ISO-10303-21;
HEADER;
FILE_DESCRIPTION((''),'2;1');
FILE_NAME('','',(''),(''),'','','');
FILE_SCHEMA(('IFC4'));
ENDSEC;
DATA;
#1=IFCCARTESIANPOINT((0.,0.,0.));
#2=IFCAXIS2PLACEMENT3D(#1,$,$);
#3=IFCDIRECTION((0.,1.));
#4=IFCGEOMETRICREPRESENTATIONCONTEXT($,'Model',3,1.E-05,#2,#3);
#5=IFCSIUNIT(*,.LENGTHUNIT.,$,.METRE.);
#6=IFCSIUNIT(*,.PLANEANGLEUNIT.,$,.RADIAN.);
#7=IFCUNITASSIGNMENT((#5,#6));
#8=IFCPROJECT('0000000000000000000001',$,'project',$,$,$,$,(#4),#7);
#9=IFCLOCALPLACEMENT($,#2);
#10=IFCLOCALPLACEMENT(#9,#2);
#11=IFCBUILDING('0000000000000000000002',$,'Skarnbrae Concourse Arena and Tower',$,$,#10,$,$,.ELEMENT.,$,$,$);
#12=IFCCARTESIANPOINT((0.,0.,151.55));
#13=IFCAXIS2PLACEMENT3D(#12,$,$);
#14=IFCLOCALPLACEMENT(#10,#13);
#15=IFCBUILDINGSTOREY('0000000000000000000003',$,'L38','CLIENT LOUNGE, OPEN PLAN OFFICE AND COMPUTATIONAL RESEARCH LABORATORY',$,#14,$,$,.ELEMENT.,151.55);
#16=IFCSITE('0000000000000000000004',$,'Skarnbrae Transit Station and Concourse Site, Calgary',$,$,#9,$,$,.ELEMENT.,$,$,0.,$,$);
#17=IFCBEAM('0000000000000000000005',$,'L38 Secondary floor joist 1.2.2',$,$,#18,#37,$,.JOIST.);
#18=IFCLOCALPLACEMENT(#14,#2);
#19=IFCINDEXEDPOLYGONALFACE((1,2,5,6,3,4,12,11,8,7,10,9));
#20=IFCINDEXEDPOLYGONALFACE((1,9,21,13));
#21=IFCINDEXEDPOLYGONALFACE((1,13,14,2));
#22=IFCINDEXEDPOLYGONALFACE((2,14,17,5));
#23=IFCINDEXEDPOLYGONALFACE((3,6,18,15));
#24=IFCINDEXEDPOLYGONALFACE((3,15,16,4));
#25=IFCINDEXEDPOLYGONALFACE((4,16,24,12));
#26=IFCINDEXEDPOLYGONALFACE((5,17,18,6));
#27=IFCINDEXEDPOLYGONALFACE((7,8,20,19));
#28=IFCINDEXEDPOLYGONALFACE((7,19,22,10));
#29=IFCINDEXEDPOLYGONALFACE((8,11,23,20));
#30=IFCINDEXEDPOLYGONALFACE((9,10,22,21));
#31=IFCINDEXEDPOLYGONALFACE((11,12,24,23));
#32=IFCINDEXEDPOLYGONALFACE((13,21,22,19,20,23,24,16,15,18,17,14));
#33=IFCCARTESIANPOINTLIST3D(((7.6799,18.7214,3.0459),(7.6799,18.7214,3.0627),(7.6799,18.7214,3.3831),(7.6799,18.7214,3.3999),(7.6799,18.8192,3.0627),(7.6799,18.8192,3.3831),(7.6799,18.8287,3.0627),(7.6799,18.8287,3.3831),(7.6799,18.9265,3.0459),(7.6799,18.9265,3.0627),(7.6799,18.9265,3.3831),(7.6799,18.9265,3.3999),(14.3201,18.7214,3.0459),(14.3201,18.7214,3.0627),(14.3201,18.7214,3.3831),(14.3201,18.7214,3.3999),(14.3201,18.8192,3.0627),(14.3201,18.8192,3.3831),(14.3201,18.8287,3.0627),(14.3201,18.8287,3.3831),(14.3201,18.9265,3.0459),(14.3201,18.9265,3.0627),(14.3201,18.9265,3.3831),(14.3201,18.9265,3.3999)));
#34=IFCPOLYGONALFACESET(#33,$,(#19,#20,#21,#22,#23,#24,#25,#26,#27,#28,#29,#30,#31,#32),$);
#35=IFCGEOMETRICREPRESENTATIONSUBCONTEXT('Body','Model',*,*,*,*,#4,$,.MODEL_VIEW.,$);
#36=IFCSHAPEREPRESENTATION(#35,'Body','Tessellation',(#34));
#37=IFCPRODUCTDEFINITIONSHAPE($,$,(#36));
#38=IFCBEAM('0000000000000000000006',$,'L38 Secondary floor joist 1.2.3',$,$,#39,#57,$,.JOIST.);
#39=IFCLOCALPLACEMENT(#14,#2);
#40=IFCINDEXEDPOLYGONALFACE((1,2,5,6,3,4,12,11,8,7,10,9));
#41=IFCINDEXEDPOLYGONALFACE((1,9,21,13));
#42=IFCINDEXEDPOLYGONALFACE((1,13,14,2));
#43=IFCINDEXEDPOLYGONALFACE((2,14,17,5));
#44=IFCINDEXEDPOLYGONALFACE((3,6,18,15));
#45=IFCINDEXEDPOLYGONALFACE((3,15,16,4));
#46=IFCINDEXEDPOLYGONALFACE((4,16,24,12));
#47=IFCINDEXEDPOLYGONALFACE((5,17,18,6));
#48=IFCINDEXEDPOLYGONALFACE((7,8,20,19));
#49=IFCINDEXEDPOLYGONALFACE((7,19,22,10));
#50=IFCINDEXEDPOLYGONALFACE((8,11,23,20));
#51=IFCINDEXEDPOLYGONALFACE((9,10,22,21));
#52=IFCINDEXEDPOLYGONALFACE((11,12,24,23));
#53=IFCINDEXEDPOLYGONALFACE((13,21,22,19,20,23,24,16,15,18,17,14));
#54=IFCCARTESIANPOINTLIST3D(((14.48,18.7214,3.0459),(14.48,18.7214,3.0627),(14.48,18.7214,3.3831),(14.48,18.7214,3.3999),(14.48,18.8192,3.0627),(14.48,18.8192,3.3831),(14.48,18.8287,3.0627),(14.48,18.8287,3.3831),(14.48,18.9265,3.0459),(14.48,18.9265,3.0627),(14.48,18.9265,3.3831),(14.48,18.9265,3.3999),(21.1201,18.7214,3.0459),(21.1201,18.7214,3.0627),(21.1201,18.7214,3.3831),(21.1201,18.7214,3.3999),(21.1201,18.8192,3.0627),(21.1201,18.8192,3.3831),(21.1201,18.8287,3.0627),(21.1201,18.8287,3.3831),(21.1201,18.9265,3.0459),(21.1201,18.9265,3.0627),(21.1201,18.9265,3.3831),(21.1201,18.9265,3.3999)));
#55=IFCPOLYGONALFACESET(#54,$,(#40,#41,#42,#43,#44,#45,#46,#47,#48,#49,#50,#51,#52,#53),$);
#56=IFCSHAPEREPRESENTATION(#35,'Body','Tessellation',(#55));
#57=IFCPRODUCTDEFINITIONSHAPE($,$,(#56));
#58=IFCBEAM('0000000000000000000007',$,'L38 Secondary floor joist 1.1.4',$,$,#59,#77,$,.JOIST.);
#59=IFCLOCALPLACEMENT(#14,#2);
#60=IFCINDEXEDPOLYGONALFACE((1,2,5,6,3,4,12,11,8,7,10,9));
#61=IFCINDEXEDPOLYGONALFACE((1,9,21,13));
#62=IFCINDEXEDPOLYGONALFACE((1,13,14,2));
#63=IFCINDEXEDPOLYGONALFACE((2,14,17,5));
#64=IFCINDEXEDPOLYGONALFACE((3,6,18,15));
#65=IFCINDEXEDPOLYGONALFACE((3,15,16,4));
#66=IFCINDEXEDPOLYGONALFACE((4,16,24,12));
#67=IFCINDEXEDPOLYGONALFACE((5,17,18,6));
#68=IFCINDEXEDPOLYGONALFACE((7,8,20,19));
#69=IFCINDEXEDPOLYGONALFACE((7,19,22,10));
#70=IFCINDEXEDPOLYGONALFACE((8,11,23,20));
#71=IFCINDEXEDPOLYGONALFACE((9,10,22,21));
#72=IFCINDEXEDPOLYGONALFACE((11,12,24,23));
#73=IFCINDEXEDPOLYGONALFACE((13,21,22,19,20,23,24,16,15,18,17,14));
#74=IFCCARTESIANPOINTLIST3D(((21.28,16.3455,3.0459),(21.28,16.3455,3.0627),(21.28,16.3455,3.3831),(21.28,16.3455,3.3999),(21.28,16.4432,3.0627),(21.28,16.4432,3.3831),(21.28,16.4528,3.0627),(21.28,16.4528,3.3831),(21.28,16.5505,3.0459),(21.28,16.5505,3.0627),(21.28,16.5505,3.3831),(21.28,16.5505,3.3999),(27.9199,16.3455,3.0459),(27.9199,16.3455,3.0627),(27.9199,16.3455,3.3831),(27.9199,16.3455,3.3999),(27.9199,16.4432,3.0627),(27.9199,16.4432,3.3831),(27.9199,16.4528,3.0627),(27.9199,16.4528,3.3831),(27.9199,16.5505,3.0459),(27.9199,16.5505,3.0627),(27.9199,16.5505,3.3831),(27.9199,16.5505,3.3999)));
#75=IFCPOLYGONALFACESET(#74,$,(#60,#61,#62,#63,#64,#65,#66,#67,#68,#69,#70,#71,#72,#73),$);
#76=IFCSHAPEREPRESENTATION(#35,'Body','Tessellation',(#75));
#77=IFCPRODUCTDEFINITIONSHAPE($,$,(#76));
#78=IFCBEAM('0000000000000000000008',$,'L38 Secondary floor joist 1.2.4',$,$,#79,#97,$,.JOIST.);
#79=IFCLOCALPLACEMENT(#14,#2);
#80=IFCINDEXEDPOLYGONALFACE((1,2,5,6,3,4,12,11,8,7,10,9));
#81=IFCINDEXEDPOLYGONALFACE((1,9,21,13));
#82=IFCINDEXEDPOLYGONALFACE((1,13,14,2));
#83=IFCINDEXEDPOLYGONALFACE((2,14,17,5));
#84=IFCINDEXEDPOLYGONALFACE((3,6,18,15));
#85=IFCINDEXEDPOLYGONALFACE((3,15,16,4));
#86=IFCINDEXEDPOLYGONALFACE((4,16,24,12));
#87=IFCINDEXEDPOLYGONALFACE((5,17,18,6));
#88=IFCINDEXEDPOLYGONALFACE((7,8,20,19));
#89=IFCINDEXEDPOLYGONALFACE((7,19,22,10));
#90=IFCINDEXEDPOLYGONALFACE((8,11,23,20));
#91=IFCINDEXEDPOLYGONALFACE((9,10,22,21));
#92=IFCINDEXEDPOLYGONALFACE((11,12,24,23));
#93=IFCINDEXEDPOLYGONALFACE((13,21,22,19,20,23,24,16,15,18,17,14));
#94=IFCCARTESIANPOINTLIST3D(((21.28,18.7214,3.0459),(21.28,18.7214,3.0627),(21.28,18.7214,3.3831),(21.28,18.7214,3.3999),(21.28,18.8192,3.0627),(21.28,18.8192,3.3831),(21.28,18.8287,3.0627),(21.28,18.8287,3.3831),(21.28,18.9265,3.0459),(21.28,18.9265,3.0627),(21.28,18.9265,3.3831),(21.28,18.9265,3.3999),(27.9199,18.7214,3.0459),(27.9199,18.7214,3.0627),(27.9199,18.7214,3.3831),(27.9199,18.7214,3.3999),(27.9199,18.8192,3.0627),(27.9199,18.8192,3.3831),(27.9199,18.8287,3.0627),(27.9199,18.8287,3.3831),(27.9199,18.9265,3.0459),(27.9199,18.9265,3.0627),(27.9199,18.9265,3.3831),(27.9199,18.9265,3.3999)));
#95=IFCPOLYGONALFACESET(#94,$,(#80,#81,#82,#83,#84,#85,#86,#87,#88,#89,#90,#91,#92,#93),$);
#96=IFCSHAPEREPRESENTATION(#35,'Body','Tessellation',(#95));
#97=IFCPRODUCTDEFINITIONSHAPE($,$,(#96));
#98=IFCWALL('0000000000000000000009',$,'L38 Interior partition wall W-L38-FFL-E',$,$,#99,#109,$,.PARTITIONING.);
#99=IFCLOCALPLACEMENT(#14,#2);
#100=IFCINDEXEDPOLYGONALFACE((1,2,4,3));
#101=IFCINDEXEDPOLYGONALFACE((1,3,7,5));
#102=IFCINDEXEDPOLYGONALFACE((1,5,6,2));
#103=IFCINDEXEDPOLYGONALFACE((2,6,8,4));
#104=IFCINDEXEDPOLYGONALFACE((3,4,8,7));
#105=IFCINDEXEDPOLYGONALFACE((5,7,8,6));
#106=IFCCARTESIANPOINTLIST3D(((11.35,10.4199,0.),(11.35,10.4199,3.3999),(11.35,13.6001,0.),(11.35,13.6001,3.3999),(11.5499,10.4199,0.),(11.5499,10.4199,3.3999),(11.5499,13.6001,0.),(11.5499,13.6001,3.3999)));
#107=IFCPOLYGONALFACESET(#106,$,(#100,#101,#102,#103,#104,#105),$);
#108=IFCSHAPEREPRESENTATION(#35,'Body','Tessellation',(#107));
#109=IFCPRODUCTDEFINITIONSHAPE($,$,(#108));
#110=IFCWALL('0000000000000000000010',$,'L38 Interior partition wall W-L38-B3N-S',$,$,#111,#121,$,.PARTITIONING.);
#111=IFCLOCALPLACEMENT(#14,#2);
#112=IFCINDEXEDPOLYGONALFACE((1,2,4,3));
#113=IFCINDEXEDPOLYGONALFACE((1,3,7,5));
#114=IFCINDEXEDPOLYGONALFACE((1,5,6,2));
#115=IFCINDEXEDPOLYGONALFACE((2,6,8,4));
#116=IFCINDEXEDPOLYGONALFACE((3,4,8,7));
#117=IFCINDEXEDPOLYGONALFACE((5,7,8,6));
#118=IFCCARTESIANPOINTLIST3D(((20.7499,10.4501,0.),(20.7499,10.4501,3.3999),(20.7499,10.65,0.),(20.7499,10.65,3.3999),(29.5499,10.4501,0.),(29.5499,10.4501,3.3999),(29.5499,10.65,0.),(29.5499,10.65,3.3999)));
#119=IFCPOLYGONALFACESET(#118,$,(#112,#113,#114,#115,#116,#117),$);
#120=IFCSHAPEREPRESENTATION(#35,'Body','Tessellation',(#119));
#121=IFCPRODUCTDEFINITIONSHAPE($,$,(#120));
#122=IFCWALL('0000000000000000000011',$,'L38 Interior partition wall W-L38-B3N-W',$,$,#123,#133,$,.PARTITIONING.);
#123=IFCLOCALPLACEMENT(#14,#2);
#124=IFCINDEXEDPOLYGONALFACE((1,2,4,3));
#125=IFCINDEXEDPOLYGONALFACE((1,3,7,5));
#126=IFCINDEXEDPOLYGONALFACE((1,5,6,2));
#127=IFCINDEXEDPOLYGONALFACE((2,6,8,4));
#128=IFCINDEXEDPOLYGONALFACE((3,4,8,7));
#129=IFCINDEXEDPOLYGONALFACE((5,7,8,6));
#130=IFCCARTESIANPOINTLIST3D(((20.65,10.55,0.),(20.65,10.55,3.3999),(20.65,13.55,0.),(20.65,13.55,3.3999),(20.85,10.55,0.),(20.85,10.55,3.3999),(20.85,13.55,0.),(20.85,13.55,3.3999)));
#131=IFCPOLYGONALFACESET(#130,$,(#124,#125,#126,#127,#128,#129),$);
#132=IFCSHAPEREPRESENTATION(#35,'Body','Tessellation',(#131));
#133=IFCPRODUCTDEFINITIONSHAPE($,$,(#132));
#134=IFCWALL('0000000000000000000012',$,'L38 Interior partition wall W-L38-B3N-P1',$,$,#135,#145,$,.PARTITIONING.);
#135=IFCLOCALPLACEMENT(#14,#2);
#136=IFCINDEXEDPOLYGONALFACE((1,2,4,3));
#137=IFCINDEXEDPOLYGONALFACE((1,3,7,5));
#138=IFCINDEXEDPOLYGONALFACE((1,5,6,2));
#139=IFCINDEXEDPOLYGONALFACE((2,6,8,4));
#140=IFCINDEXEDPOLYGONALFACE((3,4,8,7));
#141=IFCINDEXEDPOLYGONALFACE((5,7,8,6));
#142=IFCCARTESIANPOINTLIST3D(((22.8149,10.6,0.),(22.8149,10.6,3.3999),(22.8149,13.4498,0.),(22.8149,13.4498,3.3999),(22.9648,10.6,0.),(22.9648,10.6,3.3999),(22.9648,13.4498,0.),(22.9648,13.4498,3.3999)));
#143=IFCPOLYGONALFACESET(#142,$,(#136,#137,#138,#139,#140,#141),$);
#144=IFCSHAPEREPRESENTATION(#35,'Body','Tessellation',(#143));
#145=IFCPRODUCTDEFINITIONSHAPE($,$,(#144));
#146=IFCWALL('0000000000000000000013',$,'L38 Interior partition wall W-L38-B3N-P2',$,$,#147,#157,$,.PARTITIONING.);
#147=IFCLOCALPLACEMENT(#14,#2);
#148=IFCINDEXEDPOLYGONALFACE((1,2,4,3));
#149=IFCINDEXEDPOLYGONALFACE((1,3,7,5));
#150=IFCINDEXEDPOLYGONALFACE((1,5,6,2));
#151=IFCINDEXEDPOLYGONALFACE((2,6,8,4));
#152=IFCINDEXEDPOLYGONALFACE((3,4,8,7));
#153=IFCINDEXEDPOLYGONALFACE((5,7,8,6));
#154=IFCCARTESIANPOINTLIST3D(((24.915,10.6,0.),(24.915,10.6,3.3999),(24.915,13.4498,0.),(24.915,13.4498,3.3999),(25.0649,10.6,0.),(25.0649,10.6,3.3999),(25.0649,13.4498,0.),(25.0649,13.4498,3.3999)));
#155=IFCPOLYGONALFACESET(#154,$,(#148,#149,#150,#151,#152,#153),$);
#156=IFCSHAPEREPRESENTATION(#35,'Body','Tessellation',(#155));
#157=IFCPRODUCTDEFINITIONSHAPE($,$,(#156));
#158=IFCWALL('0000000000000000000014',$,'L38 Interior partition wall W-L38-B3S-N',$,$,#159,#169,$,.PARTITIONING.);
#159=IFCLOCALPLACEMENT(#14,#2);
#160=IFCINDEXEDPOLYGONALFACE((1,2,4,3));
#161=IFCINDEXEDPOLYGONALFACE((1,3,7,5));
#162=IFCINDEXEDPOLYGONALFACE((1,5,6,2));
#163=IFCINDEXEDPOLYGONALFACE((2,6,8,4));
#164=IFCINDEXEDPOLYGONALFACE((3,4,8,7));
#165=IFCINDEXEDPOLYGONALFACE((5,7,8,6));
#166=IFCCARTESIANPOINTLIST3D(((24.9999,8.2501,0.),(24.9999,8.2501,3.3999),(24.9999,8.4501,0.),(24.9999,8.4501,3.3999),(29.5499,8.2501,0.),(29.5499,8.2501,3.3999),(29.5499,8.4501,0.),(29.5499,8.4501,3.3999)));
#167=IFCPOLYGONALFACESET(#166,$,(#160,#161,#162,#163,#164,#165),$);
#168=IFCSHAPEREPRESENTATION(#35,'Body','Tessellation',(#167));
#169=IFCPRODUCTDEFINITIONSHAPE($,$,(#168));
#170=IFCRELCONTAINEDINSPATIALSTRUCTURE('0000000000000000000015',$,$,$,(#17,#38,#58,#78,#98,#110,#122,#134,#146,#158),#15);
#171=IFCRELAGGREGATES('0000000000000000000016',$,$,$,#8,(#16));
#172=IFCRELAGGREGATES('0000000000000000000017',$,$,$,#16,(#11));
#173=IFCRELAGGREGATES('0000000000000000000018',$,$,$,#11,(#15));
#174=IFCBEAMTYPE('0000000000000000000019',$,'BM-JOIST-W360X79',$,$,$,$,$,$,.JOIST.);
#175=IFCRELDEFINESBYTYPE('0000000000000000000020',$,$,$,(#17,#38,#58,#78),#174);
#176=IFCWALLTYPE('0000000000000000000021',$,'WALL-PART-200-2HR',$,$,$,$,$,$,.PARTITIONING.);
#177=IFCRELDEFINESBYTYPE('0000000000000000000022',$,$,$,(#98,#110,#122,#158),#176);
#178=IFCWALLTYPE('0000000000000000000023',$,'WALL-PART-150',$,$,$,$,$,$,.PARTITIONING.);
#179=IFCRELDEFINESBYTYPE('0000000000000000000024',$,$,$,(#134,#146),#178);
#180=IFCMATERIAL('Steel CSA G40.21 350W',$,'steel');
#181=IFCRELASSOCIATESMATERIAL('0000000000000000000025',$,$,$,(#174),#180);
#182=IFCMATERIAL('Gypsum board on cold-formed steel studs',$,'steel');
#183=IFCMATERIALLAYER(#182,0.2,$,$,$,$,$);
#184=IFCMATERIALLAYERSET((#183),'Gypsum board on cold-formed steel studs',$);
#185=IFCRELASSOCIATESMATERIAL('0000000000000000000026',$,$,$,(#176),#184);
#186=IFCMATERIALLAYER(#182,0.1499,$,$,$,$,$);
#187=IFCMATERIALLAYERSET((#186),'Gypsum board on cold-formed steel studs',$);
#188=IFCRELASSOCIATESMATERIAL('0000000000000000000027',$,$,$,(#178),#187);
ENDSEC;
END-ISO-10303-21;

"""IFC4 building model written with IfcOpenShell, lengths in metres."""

from ifc_helpers import new_model, si_unit, direction, frame, frame_2d, origin, origin_2d, place, context, subcontext, project, spatial, rectangle, i_section, extrude, source, transform, mapped, material, layer, layer_set, material_profile, profile_set, type_object, element, save


model = new_model("IFC4")

# Units and contexts
model_context = context("Model", 3, precision=1e-05, world=origin(), true_north=direction((0.0, 1.0)))
body_context = subcontext(model_context, "Body", "Model", "MODEL_VIEW")
ifc_project = project(units=[si_unit("LENGTHUNIT", "METRE"), si_unit("PLANEANGLEUNIT", "RADIAN")], contexts=[model_context])

# Site, building, storey
site_placement = place(None, origin())
site = spatial("IfcSite", under=ifc_project, at=site_placement, Name="Skarnbrae Transit Station and Concourse Site, Calgary", CompositionType="ELEMENT", RefElevation=0.0)
building_placement = place(site_placement, origin())
building = spatial("IfcBuilding", under=site, at=building_placement, Name="Skarnbrae Concourse Arena and Tower", CompositionType="ELEMENT")
storey_placement = place(building_placement, frame((0.0, 0.0, 151.55)))
storey = spatial("IfcBuildingStorey", under=building, at=storey_placement, Name="L38", Description="CLIENT LOUNGE, OPEN PLAN OFFICE AND COMPUTATIONAL RESEARCH LABORATORY", CompositionType="ELEMENT", Elevation=151.55)

# Shared definitions
ifc_material_1 = material(Name="Steel CSA G40.21 350W", Category="steel")

# Beams
ifc_material_profile_1 = material_profile(ifc_material_1, i_section(OverallWidth=0.2051, OverallDepth=0.354, WebThickness=0.0095, FlangeThickness=0.0168, at=origin_2d()), Name="W360X79")
ifc_profile_set_1 = profile_set([ifc_material_profile_1], Name="Steel CSA G40.21 350W")
beam_type_1 = type_object("IfcBeamType", Name="BM-JOIST-W360X79", PredefinedType="JOIST", material=ifc_profile_set_1)
shared_shape_1 = source(origin(), body_context, "Body", "SweptSolid", [
    extrude(i_section(OverallWidth=0.2051, OverallDepth=0.354, WebThickness=0.0095, FlangeThickness=0.0168, at=origin_2d()), origin(), (0.0, 0.0, 1.0), 6.6401),
])
for number, where, z_axis, x_axis, name in (
    (1, (7.6799, 18.824, 3.2229), (1.0, 0.0, 0.0), (0.0, 1.0, 0.0), "L38 Secondary floor joist 1.2.2"),
    (2, (14.48, 18.824, 3.2229), (1.0, 0.0, 0.0), (0.0, 1.0, 0.0), "L38 Secondary floor joist 1.2.3"),
):
    element("IfcBeam", number, at=place(storey_placement, frame(where, z_axis=z_axis, x_axis=x_axis)), inside=storey, type_object=beam_type_1, Name=name, PredefinedType="JOIST", context=body_context, shape_type="MappedRepresentation", body=[
        mapped(shared_shape_1, transform((0.0, 0.0, 0.0))),
    ])
shared_shape_2 = source(origin(), body_context, "Body", "SweptSolid", [
    extrude(i_section(OverallWidth=0.2051, OverallDepth=0.354, WebThickness=0.0095, FlangeThickness=0.0168, at=origin_2d()), origin(), (0.0, 0.0, 1.0), 6.6399),
])
for number, where, z_axis, x_axis, name in (
    (3, (21.28, 16.448, 3.2229), (1.0, 0.0, 0.0), (0.0, 1.0, 0.0), "L38 Secondary floor joist 1.1.4"),
    (4, (21.28, 18.824, 3.2229), (1.0, 0.0, 0.0), (0.0, 1.0, 0.0), "L38 Secondary floor joist 1.2.4"),
):
    element("IfcBeam", number, at=place(storey_placement, frame(where, z_axis=z_axis, x_axis=x_axis)), inside=storey, type_object=beam_type_1, Name=name, PredefinedType="JOIST", context=body_context, shape_type="MappedRepresentation", body=[
        mapped(shared_shape_2, transform((0.0, 0.0, 0.0))),
    ])

# Wall
ifc_material_2 = material(Name="Gypsum board on cold-formed steel studs", Category="steel")
ifc_layer_1 = layer(ifc_material_2, 0.2)
ifc_layer_set_1 = layer_set([ifc_layer_1], Name="Gypsum board on cold-formed steel studs")
wall_type_1 = type_object("IfcWallType", Name="WALL-PART-200-2HR", PredefinedType="PARTITIONING", material=ifc_layer_set_1)
shared_shape_3 = source(origin(), body_context, "Body", "SweptSolid", [
    extrude(rectangle(XDim=3.1802, YDim=0.2, at=frame_2d((1.5901, 0.0))), origin(), (0.0, 0.0, 1.0), 3.3999),
])
wall_1_placement = place(storey_placement, frame((11.45, 10.4199, 0.0), z_axis=(0.0, 0.0, 1.0), x_axis=(0.0, 1.0, 0.0)))
element("IfcWall", 5, at=wall_1_placement, inside=storey, type_object=wall_type_1, Name="L38 Interior partition wall W-L38-FFL-E", PredefinedType="PARTITIONING", context=body_context, shape_type="MappedRepresentation", body=[
    mapped(shared_shape_3, transform((0.0, 0.0, 0.0))),
])

# Walls
shared_shape_4 = source(origin(), body_context, "Body", "SweptSolid", [
    extrude(rectangle(XDim=8.8, YDim=0.2, at=frame_2d((4.3999, 0.0))), origin(), (0.0, 0.0, 1.0), 3.3999),
])
wall_2_placement = place(storey_placement, frame((20.75, 10.55, 0.0), z_axis=(0.0, 0.0, 1.0), x_axis=(1.0, 0.0, 0.0)))
element("IfcWall", 6, at=wall_2_placement, inside=storey, type_object=wall_type_1, Name="L38 Interior partition wall W-L38-B3N-S", PredefinedType="PARTITIONING", context=body_context, shape_type="MappedRepresentation", body=[
    mapped(shared_shape_4, transform((0.0, 0.0, 0.0))),
])
shared_shape_5 = source(origin(), body_context, "Body", "SweptSolid", [
    extrude(rectangle(XDim=3.0, YDim=0.2, at=frame_2d((1.5, 0.0))), origin(), (0.0, 0.0, 1.0), 3.3999),
])
wall_3_placement = place(storey_placement, frame((20.75, 10.55, 0.0), z_axis=(0.0, 0.0, 1.0), x_axis=(0.0, 1.0, 0.0)))
element("IfcWall", 7, at=wall_3_placement, inside=storey, type_object=wall_type_1, Name="L38 Interior partition wall W-L38-B3N-W", PredefinedType="PARTITIONING", context=body_context, shape_type="MappedRepresentation", body=[
    mapped(shared_shape_5, transform((0.0, 0.0, 0.0))),
])
ifc_layer_2 = layer(ifc_material_2, 0.1499)
ifc_layer_set_2 = layer_set([ifc_layer_2], Name="Gypsum board on cold-formed steel studs")
wall_type_2 = type_object("IfcWallType", Name="WALL-PART-150", PredefinedType="PARTITIONING", material=ifc_layer_set_2)
shared_shape_6 = source(origin(), body_context, "Body", "SweptSolid", [
    extrude(rectangle(XDim=2.8499, YDim=0.1499, at=frame_2d((1.4248, 0.0))), origin(), (0.0, 0.0, 1.0), 3.3999),
])
for number, where, z_axis, x_axis, name in (
    (8, (22.8899, 10.6001, 0.0), (0.0, 0.0, 1.0), (0.0, 1.0, 0.0), "L38 Interior partition wall W-L38-B3N-P1"),
    (9, (24.99, 10.6001, 0.0), (0.0, 0.0, 1.0), (0.0, 1.0, 0.0), "L38 Interior partition wall W-L38-B3N-P2"),
):
    element("IfcWall", number, at=place(storey_placement, frame(where, z_axis=z_axis, x_axis=x_axis)), inside=storey, type_object=wall_type_2, Name=name, PredefinedType="PARTITIONING", context=body_context, shape_type="MappedRepresentation", body=[
        mapped(shared_shape_6, transform((0.0, 0.0, 0.0))),
    ])
shared_shape_7 = source(origin(), body_context, "Body", "SweptSolid", [
    extrude(rectangle(XDim=4.55, YDim=0.2, at=frame_2d((2.2749, 0.0))), origin(), (0.0, 0.0, 1.0), 3.3999),
])
wall_4_placement = place(storey_placement, frame((25.0, 8.3501, 0.0), z_axis=(0.0, 0.0, 1.0), x_axis=(1.0, 0.0, 0.0)))
element("IfcWall", 10, at=wall_4_placement, inside=storey, type_object=wall_type_1, Name="L38 Interior partition wall W-L38-B3S-N", PredefinedType="PARTITIONING", context=body_context, shape_type="MappedRepresentation", body=[
    mapped(shared_shape_7, transform((0.0, 0.0, 0.0))),
])

save(model, "model.ifc")
